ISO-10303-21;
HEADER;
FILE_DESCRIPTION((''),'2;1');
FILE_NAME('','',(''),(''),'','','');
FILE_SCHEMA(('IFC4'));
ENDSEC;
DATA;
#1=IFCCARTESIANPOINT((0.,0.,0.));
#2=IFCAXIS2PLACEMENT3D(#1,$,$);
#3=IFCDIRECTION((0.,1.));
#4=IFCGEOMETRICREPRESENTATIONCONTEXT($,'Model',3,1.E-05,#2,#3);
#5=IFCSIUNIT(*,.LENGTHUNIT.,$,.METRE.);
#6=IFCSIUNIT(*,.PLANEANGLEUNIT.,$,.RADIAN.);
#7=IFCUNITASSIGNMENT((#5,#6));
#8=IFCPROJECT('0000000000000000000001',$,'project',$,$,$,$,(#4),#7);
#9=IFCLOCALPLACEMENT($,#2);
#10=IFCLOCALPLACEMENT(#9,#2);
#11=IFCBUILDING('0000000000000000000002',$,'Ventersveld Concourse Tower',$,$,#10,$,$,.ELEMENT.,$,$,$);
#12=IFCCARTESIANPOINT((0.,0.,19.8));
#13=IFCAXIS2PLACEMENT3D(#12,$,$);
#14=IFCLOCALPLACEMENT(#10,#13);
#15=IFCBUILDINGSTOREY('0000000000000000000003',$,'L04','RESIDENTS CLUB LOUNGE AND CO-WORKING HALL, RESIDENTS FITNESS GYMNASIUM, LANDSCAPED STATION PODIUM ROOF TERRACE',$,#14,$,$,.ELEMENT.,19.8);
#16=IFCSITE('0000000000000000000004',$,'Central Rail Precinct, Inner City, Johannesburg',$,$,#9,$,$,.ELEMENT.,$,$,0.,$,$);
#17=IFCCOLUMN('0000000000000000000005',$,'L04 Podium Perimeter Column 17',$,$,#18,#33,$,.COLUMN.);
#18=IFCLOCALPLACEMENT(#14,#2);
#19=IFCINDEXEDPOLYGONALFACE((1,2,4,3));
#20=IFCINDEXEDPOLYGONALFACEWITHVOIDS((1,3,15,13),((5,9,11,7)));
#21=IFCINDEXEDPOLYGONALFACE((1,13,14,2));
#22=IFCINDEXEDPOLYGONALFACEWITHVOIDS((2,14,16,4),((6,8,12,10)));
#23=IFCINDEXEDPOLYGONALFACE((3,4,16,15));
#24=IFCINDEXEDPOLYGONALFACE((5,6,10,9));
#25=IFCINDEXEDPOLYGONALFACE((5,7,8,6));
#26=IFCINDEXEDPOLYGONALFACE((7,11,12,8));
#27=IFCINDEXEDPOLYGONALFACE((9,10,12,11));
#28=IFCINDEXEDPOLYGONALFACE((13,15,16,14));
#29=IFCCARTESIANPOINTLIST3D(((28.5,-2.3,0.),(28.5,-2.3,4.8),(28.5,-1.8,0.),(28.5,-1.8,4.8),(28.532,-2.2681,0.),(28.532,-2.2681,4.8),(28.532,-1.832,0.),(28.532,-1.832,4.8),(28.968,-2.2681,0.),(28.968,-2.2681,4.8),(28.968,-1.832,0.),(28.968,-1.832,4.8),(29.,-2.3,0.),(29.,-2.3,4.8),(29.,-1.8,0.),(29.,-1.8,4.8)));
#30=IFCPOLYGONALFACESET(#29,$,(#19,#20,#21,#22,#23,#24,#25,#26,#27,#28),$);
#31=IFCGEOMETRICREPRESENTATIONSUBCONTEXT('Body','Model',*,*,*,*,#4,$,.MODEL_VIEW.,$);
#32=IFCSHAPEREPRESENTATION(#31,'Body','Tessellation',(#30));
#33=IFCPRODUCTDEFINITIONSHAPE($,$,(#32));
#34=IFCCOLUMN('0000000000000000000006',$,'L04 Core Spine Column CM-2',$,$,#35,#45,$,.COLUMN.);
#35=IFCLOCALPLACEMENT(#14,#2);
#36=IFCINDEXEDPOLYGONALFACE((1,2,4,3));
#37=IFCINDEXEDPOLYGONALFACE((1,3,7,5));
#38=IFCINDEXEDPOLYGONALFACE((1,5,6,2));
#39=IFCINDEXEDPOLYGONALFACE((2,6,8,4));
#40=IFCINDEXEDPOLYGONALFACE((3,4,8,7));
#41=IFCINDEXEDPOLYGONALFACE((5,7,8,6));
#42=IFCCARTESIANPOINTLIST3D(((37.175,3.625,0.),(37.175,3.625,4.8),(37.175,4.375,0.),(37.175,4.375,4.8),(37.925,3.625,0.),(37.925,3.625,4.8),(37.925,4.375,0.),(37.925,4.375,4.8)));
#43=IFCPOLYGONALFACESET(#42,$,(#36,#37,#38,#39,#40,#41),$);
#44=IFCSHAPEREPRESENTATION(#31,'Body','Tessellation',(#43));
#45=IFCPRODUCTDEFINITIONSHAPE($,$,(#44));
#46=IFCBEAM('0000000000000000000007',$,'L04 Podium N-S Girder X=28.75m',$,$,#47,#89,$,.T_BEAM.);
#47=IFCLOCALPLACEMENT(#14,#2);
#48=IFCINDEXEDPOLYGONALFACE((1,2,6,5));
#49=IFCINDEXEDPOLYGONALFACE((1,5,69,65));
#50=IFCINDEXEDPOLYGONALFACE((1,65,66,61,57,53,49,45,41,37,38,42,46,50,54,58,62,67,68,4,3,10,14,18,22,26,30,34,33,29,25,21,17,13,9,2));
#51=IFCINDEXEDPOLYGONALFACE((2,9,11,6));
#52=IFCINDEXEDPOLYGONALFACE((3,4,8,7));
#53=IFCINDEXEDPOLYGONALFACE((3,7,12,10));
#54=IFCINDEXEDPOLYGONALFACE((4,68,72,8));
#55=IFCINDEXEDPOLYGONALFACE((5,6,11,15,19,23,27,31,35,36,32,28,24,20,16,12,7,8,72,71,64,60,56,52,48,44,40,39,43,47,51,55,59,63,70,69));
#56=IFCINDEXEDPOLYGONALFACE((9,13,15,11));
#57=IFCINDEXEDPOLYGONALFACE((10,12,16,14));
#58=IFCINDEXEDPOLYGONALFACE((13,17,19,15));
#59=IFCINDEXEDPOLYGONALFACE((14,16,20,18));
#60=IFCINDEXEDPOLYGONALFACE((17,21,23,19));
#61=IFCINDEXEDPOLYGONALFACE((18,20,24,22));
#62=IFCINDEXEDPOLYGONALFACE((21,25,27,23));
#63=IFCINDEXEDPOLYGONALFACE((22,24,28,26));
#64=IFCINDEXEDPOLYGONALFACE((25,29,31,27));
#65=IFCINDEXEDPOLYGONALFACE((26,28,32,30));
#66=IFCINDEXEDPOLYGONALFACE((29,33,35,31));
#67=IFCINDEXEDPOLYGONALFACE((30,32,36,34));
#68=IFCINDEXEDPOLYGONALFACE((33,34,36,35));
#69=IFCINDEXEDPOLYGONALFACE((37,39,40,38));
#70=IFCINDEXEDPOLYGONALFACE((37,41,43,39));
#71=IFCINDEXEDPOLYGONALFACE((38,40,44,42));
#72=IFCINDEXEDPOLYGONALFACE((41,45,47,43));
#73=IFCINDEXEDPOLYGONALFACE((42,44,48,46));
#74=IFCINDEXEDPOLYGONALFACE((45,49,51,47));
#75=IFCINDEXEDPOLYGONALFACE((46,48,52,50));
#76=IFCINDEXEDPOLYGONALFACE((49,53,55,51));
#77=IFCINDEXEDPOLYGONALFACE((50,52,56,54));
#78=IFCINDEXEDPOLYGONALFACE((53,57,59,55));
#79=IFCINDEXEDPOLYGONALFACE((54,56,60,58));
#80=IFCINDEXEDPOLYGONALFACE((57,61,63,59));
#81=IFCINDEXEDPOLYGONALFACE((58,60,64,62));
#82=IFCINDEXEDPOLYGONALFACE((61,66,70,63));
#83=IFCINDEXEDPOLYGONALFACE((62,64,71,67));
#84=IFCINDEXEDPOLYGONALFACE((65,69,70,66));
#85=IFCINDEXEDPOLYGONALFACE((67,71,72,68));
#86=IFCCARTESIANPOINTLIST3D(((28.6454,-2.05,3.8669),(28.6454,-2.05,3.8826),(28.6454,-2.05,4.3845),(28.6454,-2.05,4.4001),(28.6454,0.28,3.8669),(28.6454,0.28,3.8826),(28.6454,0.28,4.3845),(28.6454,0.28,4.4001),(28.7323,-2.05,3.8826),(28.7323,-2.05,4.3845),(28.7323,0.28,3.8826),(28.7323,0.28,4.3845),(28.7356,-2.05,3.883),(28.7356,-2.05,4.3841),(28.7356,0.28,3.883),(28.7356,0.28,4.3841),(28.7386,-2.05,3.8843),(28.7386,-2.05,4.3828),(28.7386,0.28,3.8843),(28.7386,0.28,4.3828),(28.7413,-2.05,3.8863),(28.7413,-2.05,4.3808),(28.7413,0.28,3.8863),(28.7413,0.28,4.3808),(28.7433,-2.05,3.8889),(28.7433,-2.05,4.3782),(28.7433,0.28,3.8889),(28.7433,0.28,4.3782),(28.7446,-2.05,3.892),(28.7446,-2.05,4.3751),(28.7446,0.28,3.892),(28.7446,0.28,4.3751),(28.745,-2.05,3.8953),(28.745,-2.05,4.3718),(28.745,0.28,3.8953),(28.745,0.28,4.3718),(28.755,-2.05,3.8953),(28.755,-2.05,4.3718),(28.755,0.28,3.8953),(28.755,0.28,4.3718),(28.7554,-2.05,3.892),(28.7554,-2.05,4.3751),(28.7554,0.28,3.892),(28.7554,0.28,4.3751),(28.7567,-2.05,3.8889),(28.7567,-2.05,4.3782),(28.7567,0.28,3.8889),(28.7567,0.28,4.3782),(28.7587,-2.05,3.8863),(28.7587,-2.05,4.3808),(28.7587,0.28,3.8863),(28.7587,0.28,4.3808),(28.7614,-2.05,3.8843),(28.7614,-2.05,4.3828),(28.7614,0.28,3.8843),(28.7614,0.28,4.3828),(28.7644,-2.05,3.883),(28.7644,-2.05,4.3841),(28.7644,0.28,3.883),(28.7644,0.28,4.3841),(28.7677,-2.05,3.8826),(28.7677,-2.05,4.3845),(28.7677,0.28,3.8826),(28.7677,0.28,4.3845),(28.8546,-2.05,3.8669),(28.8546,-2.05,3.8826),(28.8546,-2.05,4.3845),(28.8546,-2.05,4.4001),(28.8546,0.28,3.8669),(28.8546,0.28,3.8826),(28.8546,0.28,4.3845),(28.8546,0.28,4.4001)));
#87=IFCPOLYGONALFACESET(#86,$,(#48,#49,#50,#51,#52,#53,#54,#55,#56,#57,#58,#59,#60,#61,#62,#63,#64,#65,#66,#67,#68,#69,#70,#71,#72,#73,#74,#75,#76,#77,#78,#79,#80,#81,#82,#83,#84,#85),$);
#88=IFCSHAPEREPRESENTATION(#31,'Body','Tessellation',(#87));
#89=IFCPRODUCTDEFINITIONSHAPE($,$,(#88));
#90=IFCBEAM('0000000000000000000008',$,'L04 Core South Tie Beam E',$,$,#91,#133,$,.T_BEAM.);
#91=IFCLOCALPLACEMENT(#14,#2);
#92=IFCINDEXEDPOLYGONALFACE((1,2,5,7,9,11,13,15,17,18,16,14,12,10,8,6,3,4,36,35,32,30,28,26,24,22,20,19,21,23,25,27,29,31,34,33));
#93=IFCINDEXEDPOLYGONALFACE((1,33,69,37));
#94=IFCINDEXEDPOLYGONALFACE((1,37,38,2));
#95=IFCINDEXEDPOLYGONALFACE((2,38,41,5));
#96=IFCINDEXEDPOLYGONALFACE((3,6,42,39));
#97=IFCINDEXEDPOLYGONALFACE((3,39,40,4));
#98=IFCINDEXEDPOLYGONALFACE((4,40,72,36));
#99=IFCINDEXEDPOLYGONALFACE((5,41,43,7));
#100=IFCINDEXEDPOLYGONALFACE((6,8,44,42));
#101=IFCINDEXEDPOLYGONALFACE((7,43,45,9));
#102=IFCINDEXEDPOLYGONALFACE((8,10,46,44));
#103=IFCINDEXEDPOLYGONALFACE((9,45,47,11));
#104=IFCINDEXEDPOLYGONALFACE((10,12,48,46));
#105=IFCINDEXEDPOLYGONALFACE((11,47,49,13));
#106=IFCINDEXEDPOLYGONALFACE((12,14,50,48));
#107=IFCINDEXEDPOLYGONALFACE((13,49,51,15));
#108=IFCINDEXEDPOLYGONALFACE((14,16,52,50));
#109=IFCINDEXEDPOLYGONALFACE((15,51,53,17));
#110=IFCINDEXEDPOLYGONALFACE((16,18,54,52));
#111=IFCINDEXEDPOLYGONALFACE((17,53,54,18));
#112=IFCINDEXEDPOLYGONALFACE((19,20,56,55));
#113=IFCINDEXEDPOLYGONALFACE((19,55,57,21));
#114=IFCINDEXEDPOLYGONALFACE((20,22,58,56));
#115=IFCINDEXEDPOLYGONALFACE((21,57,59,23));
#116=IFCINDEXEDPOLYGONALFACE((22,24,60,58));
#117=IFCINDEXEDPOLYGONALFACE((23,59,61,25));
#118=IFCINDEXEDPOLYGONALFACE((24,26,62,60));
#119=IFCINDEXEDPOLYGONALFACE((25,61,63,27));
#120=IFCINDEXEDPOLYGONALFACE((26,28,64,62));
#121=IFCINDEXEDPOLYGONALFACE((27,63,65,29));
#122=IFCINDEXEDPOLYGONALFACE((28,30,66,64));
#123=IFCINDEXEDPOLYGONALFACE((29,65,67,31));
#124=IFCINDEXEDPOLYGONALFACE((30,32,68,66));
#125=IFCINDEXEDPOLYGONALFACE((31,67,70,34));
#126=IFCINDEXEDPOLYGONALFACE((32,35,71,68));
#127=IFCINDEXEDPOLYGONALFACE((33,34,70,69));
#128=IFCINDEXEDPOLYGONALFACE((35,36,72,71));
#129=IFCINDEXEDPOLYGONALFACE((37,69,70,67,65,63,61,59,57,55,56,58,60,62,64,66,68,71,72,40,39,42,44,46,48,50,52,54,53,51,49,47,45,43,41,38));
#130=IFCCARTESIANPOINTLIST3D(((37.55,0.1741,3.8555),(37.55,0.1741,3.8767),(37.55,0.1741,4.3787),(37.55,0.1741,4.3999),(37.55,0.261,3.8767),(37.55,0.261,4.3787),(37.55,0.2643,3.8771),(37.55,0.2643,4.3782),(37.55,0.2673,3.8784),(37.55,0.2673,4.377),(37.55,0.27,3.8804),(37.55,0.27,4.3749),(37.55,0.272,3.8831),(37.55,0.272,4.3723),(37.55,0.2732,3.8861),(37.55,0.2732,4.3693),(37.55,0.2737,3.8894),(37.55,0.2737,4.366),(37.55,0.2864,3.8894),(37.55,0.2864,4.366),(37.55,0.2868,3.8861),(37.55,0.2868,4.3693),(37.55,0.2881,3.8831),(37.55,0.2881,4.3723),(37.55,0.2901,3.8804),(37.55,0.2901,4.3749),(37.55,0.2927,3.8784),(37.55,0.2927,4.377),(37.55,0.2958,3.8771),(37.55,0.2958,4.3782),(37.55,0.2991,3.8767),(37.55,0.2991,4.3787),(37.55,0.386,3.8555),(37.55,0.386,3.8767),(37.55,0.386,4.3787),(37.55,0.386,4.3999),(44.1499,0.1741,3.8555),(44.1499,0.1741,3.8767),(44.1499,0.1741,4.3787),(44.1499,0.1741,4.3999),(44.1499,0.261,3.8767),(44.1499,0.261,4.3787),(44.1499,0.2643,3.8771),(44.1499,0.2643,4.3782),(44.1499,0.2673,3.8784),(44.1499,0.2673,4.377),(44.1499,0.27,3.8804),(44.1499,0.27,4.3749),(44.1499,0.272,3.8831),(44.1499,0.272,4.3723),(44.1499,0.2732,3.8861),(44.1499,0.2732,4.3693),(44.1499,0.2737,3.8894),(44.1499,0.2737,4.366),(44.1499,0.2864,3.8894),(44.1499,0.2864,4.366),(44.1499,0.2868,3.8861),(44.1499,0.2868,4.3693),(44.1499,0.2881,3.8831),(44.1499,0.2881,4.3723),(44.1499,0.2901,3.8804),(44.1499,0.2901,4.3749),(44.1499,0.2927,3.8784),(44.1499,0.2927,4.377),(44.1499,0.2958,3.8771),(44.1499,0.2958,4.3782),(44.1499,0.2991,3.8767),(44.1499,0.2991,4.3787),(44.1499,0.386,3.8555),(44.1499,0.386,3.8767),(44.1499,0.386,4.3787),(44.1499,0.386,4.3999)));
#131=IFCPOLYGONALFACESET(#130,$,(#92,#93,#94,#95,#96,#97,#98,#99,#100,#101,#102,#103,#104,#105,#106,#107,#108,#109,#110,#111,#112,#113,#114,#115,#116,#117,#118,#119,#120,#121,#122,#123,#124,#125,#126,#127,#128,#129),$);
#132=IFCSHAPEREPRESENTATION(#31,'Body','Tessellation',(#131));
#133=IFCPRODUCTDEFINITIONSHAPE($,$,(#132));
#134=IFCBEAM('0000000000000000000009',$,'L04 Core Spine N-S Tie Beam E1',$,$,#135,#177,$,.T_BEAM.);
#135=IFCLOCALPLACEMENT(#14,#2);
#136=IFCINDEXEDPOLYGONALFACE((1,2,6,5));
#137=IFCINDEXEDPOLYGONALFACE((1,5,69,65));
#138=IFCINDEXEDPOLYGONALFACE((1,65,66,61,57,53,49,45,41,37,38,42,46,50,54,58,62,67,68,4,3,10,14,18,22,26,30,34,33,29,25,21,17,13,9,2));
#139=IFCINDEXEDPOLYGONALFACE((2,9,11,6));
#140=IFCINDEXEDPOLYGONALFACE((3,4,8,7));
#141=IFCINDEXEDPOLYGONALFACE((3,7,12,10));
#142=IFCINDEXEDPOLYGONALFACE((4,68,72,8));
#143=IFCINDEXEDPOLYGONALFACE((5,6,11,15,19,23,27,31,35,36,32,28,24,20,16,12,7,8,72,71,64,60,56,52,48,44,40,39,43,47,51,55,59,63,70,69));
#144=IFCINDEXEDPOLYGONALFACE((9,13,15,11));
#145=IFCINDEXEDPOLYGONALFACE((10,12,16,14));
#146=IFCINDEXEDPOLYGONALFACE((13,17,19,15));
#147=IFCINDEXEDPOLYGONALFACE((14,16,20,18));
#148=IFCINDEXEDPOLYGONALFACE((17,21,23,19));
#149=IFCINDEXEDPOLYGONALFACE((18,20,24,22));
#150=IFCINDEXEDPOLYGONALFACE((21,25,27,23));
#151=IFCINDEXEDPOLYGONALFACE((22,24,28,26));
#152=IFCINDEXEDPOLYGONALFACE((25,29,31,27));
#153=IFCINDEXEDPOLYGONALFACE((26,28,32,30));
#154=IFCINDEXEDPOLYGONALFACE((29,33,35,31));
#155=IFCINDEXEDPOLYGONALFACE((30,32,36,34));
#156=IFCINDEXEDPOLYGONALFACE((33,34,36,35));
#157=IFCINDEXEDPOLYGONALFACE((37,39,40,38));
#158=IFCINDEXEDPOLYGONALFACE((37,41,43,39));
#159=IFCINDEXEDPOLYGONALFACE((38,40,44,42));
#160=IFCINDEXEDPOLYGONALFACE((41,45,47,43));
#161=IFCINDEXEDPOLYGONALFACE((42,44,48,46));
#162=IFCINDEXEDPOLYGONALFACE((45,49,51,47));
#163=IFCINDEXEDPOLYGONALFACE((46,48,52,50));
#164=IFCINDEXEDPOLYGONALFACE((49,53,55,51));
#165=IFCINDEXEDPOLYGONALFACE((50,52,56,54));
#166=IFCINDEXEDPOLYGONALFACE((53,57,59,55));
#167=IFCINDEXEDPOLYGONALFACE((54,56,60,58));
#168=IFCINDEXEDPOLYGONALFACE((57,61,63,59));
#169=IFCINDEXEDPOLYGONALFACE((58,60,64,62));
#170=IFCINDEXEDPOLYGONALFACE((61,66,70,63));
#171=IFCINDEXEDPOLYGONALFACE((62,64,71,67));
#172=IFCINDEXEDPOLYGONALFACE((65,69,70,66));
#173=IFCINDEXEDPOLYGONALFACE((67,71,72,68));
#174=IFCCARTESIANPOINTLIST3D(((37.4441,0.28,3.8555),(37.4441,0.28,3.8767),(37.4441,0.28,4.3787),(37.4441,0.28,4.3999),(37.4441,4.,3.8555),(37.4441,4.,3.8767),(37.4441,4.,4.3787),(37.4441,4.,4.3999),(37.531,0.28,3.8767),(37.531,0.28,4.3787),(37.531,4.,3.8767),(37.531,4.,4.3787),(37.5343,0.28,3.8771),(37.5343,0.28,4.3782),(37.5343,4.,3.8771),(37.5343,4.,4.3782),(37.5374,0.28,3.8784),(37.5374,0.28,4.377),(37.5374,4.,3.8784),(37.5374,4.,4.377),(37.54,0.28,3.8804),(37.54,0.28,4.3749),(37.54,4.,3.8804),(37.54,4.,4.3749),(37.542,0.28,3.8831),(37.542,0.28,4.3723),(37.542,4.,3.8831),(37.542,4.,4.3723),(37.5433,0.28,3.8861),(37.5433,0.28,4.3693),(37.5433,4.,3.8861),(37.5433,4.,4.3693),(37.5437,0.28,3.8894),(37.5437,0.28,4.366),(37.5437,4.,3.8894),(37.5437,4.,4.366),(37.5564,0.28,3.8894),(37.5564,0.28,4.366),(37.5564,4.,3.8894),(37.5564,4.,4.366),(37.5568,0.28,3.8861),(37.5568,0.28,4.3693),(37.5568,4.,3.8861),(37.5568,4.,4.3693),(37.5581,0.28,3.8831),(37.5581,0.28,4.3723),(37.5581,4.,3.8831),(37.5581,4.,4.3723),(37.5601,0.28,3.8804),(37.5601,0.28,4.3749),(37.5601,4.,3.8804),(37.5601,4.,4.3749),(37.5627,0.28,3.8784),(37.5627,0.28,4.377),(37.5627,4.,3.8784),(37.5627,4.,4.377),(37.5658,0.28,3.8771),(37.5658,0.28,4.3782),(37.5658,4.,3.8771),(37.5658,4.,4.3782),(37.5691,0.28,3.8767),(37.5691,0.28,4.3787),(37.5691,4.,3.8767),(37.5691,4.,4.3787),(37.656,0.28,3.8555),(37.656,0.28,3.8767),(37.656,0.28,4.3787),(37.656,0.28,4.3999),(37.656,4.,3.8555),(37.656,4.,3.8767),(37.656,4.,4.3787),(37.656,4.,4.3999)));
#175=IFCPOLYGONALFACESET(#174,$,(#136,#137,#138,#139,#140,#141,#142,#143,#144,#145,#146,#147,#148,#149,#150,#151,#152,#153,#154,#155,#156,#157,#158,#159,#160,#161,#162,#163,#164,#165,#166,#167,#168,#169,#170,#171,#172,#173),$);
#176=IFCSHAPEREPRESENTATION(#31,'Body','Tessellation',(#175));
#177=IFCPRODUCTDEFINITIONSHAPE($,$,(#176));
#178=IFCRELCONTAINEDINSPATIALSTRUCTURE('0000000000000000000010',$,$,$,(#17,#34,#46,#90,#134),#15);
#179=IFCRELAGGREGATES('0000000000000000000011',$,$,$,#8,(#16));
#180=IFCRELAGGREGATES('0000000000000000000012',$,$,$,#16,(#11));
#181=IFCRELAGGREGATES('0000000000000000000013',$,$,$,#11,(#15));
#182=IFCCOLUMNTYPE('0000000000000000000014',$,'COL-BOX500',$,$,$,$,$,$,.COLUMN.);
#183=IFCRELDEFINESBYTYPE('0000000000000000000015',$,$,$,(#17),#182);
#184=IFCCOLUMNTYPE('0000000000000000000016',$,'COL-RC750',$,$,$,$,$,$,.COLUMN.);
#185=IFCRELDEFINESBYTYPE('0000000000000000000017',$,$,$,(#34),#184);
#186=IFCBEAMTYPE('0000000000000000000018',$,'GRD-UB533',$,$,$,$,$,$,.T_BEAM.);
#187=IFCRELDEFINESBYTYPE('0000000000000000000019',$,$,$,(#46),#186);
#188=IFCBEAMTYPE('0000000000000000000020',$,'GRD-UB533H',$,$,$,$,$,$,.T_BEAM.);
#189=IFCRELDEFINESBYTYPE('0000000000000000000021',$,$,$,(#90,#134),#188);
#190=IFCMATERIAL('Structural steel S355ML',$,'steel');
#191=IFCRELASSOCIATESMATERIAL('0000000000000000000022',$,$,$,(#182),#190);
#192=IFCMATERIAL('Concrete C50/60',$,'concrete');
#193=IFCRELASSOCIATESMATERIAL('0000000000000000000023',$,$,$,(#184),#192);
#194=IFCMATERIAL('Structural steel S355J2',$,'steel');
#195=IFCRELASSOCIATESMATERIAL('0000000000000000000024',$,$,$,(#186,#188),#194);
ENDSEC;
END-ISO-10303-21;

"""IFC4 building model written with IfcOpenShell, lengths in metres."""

from ifc_helpers import new_model, si_unit, direction, frame, origin, origin_2d, place, context, subcontext, project, spatial, rectangle, hollow_rectangle, i_section, extrude, material, material_profile, profile_set, type_object, element, save


model = new_model("IFC4")

# Units and contexts
model_context = context("Model", 3, precision=1e-05, world=origin(), true_north=direction((0.0, 1.0)))
body_context = subcontext(model_context, "Body", "Model", "MODEL_VIEW")
ifc_project = project(units=[si_unit("LENGTHUNIT", "METRE"), si_unit("PLANEANGLEUNIT", "RADIAN")], contexts=[model_context])

# Site, building, storey
site_placement = place(None, origin())
site = spatial("IfcSite", under=ifc_project, at=site_placement, Name="Central Rail Precinct, Inner City, Johannesburg", CompositionType="ELEMENT", RefElevation=0.0)
building_placement = place(site_placement, origin())
building = spatial("IfcBuilding", under=site, at=building_placement, Name="Ventersveld Concourse Tower", CompositionType="ELEMENT")
storey_placement = place(building_placement, frame((0.0, 0.0, 19.8)))
storey = spatial("IfcBuildingStorey", under=building, at=storey_placement, Name="L04", Description="RESIDENTS CLUB LOUNGE AND CO-WORKING HALL, RESIDENTS FITNESS GYMNASIUM, LANDSCAPED STATION PODIUM ROOF TERRACE", CompositionType="ELEMENT", Elevation=19.8)

# Columns
ifc_material_1 = material(Name="Structural steel S355ML", Category="steel")
ifc_material_profile_1 = material_profile(ifc_material_1, hollow_rectangle(XDim=0.5, YDim=0.5, WallThickness=0.032, at=origin_2d()), Name="BOX 500x500x32")
ifc_profile_set_1 = profile_set([ifc_material_profile_1], Name="Structural steel S355ML")
column_type_1 = type_object("IfcColumnType", Name="COL-BOX500", PredefinedType="COLUMN", material=ifc_profile_set_1)
column_1_placement = place(storey_placement, frame((28.75, -2.05, 0.0), z_axis=(0.0, 0.0, 1.0), x_axis=(1.0, 0.0, 0.0)))
element("IfcColumn", 1, at=column_1_placement, inside=storey, type_object=column_type_1, Name="L04 Podium Perimeter Column 17", PredefinedType="COLUMN", context=body_context, shape_type="SweptSolid", body=[
    extrude(hollow_rectangle(XDim=0.5, YDim=0.5, WallThickness=0.032, at=origin_2d()), origin(), (0.0, 0.0, 1.0), 4.8),
])
ifc_material_2 = material(Name="Concrete C50/60", Category="concrete")
ifc_material_profile_2 = material_profile(ifc_material_2, rectangle(XDim=0.75, YDim=0.75, at=origin_2d()), Name="RC 750x750")
ifc_profile_set_2 = profile_set([ifc_material_profile_2], Name="Concrete C50/60")
column_type_2 = type_object("IfcColumnType", Name="COL-RC750", PredefinedType="COLUMN", material=ifc_profile_set_2)
column_2_placement = place(storey_placement, frame((37.55, 4.0, 0.0), z_axis=(0.0, 0.0, 1.0), x_axis=(1.0, 0.0, 0.0)))
element("IfcColumn", 2, at=column_2_placement, inside=storey, type_object=column_type_2, Name="L04 Core Spine Column CM-2", PredefinedType="COLUMN", context=body_context, shape_type="SweptSolid", body=[
    extrude(rectangle(XDim=0.75, YDim=0.75, at=origin_2d()), origin(), (0.0, 0.0, 1.0), 4.8),
])

# Beams
ifc_material_3 = material(Name="Structural steel S355J2", Category="steel")
ifc_material_profile_3 = material_profile(ifc_material_3, i_section(OverallWidth=0.2092, OverallDepth=0.5332, WebThickness=0.01, FlangeThickness=0.0156, FilletRadius=0.0127, at=origin_2d()), Name="UB 533x210x92")
ifc_profile_set_3 = profile_set([ifc_material_profile_3], Name="Structural steel S355J2")
beam_type_1 = type_object("IfcBeamType", Name="GRD-UB533", PredefinedType="T_BEAM", material=ifc_profile_set_3)
beam_1_placement = place(storey_placement, frame((28.75, -2.05, 4.1335), z_axis=(0.0, 1.0, 0.0), x_axis=(-1.0, 0.0, 0.0)))
element("IfcBeam", 3, at=beam_1_placement, inside=storey, type_object=beam_type_1, Name="L04 Podium N-S Girder X=28.75m", PredefinedType="T_BEAM", context=body_context, shape_type="SweptSolid", body=[
    extrude(i_section(OverallWidth=0.2092, OverallDepth=0.5332, WebThickness=0.01, FlangeThickness=0.0156, FilletRadius=0.0127, at=origin_2d()), origin(), (0.0, 0.0, 1.0), 2.3301),
])
ifc_material_profile_4 = material_profile(ifc_material_3, i_section(OverallWidth=0.2119, OverallDepth=0.5444, WebThickness=0.0127, FlangeThickness=0.0212, FilletRadius=0.0127, at=origin_2d()), Name="UB 533x210x122")
ifc_profile_set_4 = profile_set([ifc_material_profile_4], Name="Structural steel S355J2")
beam_type_2 = type_object("IfcBeamType", Name="GRD-UB533H", PredefinedType="T_BEAM", material=ifc_profile_set_4)
beam_2_placement = place(storey_placement, frame((37.55, 0.28, 4.1277), z_axis=(1.0, 0.0, 0.0), x_axis=(0.0, 1.0, 0.0)))
element("IfcBeam", 4, at=beam_2_placement, inside=storey, type_object=beam_type_2, Name="L04 Core South Tie Beam E", PredefinedType="T_BEAM", context=body_context, shape_type="SweptSolid", body=[
    extrude(i_section(OverallWidth=0.2119, OverallDepth=0.5444, WebThickness=0.0127, FlangeThickness=0.0212, FilletRadius=0.0127, at=origin_2d()), origin(), (0.0, 0.0, 1.0), 6.5999),
])
beam_3_placement = place(storey_placement, frame((37.55, 0.28, 4.1277), z_axis=(0.0, 1.0, 0.0), x_axis=(-1.0, 0.0, 0.0)))
element("IfcBeam", 5, at=beam_3_placement, inside=storey, type_object=beam_type_2, Name="L04 Core Spine N-S Tie Beam E1", PredefinedType="T_BEAM", context=body_context, shape_type="SweptSolid", body=[
    extrude(i_section(OverallWidth=0.2119, OverallDepth=0.5444, WebThickness=0.0127, FlangeThickness=0.0212, FilletRadius=0.0127, at=origin_2d()), origin(), (0.0, 0.0, 1.0), 3.72),
])

save(model, "model.ifc")
